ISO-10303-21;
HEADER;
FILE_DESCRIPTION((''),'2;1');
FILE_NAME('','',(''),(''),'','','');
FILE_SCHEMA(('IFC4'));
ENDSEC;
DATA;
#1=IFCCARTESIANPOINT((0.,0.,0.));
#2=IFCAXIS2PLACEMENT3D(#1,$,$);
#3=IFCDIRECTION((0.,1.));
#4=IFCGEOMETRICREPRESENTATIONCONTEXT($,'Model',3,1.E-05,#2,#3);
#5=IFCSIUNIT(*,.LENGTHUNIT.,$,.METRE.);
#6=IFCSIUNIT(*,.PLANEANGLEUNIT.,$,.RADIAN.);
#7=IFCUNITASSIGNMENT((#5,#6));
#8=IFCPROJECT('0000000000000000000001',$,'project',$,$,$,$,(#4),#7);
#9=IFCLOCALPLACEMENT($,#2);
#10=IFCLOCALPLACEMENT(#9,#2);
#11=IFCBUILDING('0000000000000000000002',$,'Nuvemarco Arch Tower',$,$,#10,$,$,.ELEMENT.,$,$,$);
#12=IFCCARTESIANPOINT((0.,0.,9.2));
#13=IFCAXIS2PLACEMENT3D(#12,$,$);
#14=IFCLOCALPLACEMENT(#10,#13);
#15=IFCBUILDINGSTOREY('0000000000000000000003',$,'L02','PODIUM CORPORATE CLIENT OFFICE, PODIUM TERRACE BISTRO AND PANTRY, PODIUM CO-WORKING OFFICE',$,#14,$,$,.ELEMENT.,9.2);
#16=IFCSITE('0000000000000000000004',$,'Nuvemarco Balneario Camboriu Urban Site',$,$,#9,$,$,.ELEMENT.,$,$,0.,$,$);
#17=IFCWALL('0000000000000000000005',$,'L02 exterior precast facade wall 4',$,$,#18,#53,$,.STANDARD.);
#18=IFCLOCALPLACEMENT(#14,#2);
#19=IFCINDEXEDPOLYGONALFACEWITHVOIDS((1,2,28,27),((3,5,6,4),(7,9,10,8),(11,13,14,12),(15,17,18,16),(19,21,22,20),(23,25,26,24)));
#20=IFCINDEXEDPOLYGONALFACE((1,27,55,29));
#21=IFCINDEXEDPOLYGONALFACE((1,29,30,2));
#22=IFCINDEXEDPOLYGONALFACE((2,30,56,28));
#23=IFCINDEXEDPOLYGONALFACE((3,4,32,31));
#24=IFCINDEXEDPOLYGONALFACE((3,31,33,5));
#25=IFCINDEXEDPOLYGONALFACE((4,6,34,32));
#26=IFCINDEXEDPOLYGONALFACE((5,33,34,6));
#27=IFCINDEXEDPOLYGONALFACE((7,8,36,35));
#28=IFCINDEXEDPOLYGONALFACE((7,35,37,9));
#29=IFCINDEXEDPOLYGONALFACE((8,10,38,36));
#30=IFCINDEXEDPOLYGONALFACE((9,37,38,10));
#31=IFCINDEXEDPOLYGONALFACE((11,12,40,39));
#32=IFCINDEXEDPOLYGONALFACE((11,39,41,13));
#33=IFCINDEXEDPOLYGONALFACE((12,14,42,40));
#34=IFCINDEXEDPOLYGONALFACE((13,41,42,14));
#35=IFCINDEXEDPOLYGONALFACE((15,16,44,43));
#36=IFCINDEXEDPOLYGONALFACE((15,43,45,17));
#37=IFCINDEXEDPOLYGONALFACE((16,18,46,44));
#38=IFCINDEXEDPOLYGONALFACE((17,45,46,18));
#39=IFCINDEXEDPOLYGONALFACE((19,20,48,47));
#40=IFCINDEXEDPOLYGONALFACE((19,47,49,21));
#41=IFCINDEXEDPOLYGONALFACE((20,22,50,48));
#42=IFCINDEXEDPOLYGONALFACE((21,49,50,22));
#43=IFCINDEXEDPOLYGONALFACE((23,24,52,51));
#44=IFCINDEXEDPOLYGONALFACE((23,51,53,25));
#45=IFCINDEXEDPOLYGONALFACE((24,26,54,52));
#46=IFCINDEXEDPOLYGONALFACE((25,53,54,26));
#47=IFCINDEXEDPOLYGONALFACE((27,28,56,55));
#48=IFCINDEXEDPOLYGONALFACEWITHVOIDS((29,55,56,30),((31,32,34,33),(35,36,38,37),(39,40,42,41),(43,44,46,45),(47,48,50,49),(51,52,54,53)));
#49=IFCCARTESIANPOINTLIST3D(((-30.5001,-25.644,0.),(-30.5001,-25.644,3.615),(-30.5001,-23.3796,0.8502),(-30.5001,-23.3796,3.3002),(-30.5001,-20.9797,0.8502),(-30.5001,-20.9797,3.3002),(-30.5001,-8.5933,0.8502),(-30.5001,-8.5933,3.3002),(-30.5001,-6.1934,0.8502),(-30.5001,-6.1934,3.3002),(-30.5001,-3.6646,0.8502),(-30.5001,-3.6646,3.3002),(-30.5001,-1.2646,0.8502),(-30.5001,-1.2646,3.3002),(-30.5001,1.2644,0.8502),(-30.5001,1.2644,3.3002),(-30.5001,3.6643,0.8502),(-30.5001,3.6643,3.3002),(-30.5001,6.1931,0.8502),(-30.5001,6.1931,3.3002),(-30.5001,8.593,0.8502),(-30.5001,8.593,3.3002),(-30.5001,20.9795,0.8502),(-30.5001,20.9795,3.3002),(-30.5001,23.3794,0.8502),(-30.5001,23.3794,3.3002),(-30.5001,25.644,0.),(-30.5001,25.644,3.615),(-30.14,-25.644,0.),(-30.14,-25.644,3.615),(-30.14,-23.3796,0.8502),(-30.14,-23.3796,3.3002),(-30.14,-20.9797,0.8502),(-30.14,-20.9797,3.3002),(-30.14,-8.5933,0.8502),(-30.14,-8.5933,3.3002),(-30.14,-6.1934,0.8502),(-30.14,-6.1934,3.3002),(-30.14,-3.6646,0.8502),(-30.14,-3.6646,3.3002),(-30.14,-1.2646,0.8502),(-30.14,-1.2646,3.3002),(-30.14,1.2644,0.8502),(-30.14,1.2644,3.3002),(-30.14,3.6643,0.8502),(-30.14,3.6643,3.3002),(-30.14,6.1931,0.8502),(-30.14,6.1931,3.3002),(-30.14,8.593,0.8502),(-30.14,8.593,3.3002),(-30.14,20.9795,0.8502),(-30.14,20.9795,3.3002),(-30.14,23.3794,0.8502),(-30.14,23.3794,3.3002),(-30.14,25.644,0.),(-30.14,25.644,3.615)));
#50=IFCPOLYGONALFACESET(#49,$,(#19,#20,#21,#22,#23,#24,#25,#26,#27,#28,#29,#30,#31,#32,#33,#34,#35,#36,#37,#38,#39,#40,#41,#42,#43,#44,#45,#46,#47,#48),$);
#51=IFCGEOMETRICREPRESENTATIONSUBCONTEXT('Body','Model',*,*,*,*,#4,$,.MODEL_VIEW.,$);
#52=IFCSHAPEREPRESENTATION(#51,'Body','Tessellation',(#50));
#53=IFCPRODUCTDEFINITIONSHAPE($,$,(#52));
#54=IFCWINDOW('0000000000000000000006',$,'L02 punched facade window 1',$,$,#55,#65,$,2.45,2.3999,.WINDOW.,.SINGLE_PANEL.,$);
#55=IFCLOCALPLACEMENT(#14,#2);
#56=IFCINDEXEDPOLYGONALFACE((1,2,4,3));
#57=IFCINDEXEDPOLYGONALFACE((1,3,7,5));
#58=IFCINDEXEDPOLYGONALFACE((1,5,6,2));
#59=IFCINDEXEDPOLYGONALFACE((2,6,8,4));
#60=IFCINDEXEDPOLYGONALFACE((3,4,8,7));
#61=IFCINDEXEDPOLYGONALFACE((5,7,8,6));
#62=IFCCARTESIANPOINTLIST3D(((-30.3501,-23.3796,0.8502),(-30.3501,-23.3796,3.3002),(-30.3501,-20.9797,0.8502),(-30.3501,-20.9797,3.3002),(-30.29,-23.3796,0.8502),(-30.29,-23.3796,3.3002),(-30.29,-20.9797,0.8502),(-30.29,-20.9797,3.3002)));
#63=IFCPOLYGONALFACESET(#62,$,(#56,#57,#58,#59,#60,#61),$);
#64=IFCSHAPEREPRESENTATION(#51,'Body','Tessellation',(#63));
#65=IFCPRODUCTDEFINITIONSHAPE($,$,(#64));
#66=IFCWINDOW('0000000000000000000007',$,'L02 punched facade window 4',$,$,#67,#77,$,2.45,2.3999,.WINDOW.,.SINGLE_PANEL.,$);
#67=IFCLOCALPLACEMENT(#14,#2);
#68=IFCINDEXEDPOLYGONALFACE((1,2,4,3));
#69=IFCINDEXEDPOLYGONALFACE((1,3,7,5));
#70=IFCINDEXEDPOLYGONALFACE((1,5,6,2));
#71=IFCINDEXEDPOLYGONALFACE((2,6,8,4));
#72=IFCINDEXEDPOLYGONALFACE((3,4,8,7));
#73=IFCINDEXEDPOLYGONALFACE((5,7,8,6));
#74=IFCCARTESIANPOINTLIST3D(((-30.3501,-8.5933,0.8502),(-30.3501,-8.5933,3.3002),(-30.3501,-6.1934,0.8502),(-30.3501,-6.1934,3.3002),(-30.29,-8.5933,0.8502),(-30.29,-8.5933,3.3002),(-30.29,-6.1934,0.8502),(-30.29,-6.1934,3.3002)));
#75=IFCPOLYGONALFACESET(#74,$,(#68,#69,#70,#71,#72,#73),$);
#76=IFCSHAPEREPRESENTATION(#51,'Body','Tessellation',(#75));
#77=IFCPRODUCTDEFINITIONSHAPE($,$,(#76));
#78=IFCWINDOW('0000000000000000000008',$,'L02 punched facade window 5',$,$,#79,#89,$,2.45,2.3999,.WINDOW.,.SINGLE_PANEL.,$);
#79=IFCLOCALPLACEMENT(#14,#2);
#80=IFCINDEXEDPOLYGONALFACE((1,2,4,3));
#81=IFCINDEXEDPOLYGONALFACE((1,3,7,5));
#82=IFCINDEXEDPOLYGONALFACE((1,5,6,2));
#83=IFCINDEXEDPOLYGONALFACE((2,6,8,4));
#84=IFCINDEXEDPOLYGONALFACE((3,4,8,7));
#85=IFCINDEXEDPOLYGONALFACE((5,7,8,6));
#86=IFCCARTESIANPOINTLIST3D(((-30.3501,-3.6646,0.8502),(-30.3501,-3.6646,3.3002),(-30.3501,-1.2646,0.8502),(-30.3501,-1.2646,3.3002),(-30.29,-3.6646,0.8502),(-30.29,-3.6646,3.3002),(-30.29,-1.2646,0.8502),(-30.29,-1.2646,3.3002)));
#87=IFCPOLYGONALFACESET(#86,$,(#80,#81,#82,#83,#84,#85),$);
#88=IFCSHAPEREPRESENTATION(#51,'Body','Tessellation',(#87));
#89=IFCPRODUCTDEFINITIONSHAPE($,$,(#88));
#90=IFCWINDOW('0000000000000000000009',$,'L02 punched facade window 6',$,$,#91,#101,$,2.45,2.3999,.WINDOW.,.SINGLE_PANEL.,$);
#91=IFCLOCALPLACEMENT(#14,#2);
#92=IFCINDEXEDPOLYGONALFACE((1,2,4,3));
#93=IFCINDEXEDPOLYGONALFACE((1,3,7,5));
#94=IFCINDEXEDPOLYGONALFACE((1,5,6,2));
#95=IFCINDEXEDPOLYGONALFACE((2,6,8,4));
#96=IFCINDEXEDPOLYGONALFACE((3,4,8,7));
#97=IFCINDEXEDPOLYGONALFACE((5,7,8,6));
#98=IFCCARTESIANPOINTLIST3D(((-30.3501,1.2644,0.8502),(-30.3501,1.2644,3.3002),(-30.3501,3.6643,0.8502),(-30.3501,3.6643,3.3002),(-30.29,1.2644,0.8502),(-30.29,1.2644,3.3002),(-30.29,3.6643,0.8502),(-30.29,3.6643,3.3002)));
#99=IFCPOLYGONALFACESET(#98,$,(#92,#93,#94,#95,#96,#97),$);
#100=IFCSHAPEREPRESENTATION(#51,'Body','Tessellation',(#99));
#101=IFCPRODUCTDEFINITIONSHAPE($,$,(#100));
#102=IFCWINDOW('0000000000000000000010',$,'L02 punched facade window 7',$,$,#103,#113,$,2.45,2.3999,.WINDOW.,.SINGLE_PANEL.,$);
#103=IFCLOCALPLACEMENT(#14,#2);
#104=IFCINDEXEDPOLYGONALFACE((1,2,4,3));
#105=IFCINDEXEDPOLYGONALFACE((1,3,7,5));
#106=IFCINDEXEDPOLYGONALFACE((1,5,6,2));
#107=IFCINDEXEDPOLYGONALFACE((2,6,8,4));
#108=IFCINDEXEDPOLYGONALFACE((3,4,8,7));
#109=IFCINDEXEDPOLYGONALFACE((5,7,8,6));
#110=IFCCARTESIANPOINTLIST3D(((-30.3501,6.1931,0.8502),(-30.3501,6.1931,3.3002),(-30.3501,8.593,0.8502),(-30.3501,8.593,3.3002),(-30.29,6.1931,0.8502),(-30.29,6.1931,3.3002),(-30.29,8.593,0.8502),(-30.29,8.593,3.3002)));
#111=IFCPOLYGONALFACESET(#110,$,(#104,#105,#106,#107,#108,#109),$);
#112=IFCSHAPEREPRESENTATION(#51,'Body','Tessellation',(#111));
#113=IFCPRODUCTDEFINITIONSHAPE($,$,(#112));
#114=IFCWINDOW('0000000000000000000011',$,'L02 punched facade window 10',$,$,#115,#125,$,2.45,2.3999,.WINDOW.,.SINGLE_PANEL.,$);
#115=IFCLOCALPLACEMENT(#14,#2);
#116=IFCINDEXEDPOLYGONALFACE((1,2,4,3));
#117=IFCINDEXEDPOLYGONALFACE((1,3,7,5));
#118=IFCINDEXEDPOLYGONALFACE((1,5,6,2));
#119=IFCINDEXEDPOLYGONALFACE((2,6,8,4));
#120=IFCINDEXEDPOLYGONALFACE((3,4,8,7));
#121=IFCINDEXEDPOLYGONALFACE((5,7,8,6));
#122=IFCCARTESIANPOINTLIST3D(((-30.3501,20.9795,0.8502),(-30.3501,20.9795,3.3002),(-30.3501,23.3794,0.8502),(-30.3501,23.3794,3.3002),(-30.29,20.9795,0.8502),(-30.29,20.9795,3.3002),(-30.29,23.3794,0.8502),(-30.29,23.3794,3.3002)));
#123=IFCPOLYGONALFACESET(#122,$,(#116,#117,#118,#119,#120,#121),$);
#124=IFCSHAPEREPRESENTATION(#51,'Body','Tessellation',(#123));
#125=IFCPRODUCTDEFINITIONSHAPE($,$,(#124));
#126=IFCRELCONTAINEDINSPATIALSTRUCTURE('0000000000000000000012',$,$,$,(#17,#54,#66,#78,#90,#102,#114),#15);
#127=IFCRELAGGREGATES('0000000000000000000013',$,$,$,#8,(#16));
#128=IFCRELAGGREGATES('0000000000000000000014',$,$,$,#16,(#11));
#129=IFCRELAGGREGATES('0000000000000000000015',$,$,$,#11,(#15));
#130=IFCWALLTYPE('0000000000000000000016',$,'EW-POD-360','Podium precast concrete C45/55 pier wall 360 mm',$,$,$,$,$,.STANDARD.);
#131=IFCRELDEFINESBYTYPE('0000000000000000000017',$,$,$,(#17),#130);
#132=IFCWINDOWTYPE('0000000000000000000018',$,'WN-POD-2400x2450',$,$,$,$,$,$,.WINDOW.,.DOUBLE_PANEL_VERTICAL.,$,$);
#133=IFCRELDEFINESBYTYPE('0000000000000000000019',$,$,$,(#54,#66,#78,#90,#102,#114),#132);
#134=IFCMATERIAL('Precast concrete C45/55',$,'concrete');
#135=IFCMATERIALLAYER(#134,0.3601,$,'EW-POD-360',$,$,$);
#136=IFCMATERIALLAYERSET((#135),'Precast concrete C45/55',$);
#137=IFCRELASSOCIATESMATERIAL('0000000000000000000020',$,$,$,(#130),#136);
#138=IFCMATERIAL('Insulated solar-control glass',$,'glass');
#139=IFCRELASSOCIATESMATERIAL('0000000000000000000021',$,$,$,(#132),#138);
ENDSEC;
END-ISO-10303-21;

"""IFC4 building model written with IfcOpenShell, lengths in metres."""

from ifc_helpers import new_model, si_unit, direction, frame, frame_2d, origin, place, context, subcontext, project, spatial, rectangle, extrude, source, transform, mapped, material, layer, layer_set, type_object, type_shapes, element, fill, save


model = new_model("IFC4")

# Units and contexts
model_context = context("Model", 3, precision=1e-05, world=origin(), true_north=direction((0.0, 1.0)))
body_context = subcontext(model_context, "Body", "Model", "MODEL_VIEW")
ifc_project = project(units=[si_unit("LENGTHUNIT", "METRE"), si_unit("PLANEANGLEUNIT", "RADIAN")], contexts=[model_context])

# Site, building, storey
site_placement = place(None, origin())
site = spatial("IfcSite", under=ifc_project, at=site_placement, Name="Nuvemarco Balneario Camboriu Urban Site", CompositionType="ELEMENT", RefElevation=0.0)
building_placement = place(site_placement, origin())
building = spatial("IfcBuilding", under=site, at=building_placement, Name="Nuvemarco Arch Tower", CompositionType="ELEMENT")
storey_placement = place(building_placement, frame((0.0, 0.0, 9.2)))
storey = spatial("IfcBuildingStorey", under=building, at=storey_placement, Name="L02", Description="PODIUM CORPORATE CLIENT OFFICE, PODIUM TERRACE BISTRO AND PANTRY, PODIUM CO-WORKING OFFICE", CompositionType="ELEMENT", Elevation=9.2)

# Shared definitions
ifc_material_1 = material(Name="Precast concrete C45/55", Category="concrete")

# Shared definitions
ifc_material_2 = material(Name="Insulated solar-control glass", Category="glass")

# Shared definitions
ifc_layer_1 = layer(ifc_material_1, 0.3601, Name="EW-POD-360")
ifc_layer_set_1 = layer_set([ifc_layer_1], Name="Precast concrete C45/55")
wall_type = type_object("IfcWallType", Name="EW-POD-360", Description="Podium precast concrete C45/55 pier wall 360 mm", PredefinedType="STANDARD", material=ifc_layer_set_1)

# Wall, openings, windows
wall_1_placement = place(storey_placement, frame((-30.3201, -25.644, 0.0), z_axis=(0.0, 0.0, 1.0), x_axis=(0.0, 1.0, 0.0)))
wall_1 = element("IfcWall", 1, at=wall_1_placement, inside=storey, type_object=wall_type, Name="L02 exterior precast facade wall 4", PredefinedType="STANDARD", context=body_context, shape_type="SweptSolid", body=[
    extrude(rectangle(XDim=51.2881, YDim=0.3601, at=frame_2d((25.644, 0.0))), origin(), (0.0, 0.0, 1.0), 3.615),
])
opening_1_placement = place(wall_1_placement, frame((2.2644, 0.0, 0.8501)))
opening_1 = element("IfcOpeningElement", 2, at=opening_1_placement, cuts=wall_1, PredefinedType="OPENING", context=body_context, shape_type="SweptSolid", body=[
    extrude(rectangle(XDim=2.3999, YDim=2.45, at=frame_2d((1.2, 1.2251))), frame((0.0, 0.1899, 0.0), z_axis=(0.0, -1.0, 0.0), x_axis=(1.0, 0.0, 0.0)), (0.0, 0.0, 1.0), 0.3801),
])
opening_2_placement = place(wall_1_placement, frame((17.0508, 0.0, 0.8501)))
opening_2 = element("IfcOpeningElement", 3, at=opening_2_placement, cuts=wall_1, PredefinedType="OPENING", context=body_context, shape_type="SweptSolid", body=[
    extrude(rectangle(XDim=2.3999, YDim=2.45, at=frame_2d((1.2, 1.2251))), frame((0.0, 0.1899, 0.0), z_axis=(0.0, -1.0, 0.0), x_axis=(1.0, 0.0, 0.0)), (0.0, 0.0, 1.0), 0.3801),
])
opening_3_placement = place(wall_1_placement, frame((21.9795, 0.0, 0.8501)))
opening_3 = element("IfcOpeningElement", 4, at=opening_3_placement, cuts=wall_1, PredefinedType="OPENING", context=body_context, shape_type="SweptSolid", body=[
    extrude(rectangle(XDim=2.3999, YDim=2.45, at=frame_2d((1.2, 1.2251))), frame((0.0, 0.1899, 0.0), z_axis=(0.0, -1.0, 0.0), x_axis=(1.0, 0.0, 0.0)), (0.0, 0.0, 1.0), 0.3801),
])
opening_4_placement = place(wall_1_placement, frame((26.9084, 0.0, 0.8501)))
opening_4 = element("IfcOpeningElement", 5, at=opening_4_placement, cuts=wall_1, PredefinedType="OPENING", context=body_context, shape_type="SweptSolid", body=[
    extrude(rectangle(XDim=2.3999, YDim=2.45, at=frame_2d((1.2, 1.2251))), frame((0.0, 0.1899, 0.0), z_axis=(0.0, -1.0, 0.0), x_axis=(1.0, 0.0, 0.0)), (0.0, 0.0, 1.0), 0.3801),
])
opening_5_placement = place(wall_1_placement, frame((31.8372, 0.0, 0.8501)))
opening_5 = element("IfcOpeningElement", 6, at=opening_5_placement, cuts=wall_1, PredefinedType="OPENING", context=body_context, shape_type="SweptSolid", body=[
    extrude(rectangle(XDim=2.3999, YDim=2.45, at=frame_2d((1.2, 1.2251))), frame((0.0, 0.1899, 0.0), z_axis=(0.0, -1.0, 0.0), x_axis=(1.0, 0.0, 0.0)), (0.0, 0.0, 1.0), 0.3801),
])
opening_6_placement = place(wall_1_placement, frame((46.6235, 0.0, 0.8501)))
opening_6 = element("IfcOpeningElement", 7, at=opening_6_placement, cuts=wall_1, PredefinedType="OPENING", context=body_context, shape_type="SweptSolid", body=[
    extrude(rectangle(XDim=2.3999, YDim=2.45, at=frame_2d((1.2, 1.2251))), frame((0.0, 0.1899, 0.0), z_axis=(0.0, -1.0, 0.0), x_axis=(1.0, 0.0, 0.0)), (0.0, 0.0, 1.0), 0.3801),
])
window_type_1 = type_object("IfcWindowType", Name="WN-POD-2400x2450", PartitioningType="DOUBLE_PANEL_VERTICAL", PredefinedType="WINDOW", material=ifc_material_2)
shared_shape_1 = source(origin(), body_context, "Body", "SweptSolid", [
    extrude(rectangle(XDim=2.3999, YDim=2.45, at=frame_2d((1.2, 1.2251))), frame((0.0, 0.03, 0.0), z_axis=(0.0, -1.0, 0.0), x_axis=(1.0, 0.0, 0.0)), (0.0, 0.0, 1.0), 0.0601),
])
type_shapes(window_type_1, [shared_shape_1])
window_1_placement = place(opening_1_placement, origin())
window_1 = element("IfcWindow", 8, at=window_1_placement, inside=storey, type_object=window_type_1, Name="L02 punched facade window 1", OverallHeight=2.45, OverallWidth=2.3999, PartitioningType="SINGLE_PANEL", PredefinedType="WINDOW", context=body_context, shape_type="MappedRepresentation", body=[
    mapped(shared_shape_1, transform((0.0, 0.0, 0.0), scale=1.0)),
])
fill(opening_1, window_1)
window_2_placement = place(opening_2_placement, origin())
window_2 = element("IfcWindow", 9, at=window_2_placement, inside=storey, type_object=window_type_1, Name="L02 punched facade window 4", OverallHeight=2.45, OverallWidth=2.3999, PartitioningType="SINGLE_PANEL", PredefinedType="WINDOW", context=body_context, shape_type="MappedRepresentation", body=[
    mapped(shared_shape_1, transform((0.0, 0.0, 0.0), scale=1.0)),
])
fill(opening_2, window_2)
window_3_placement = place(opening_3_placement, origin())
window_3 = element("IfcWindow", 10, at=window_3_placement, inside=storey, type_object=window_type_1, Name="L02 punched facade window 5", OverallHeight=2.45, OverallWidth=2.3999, PartitioningType="SINGLE_PANEL", PredefinedType="WINDOW", context=body_context, shape_type="MappedRepresentation", body=[
    mapped(shared_shape_1, transform((0.0, 0.0, 0.0), scale=1.0)),
])
fill(opening_3, window_3)
window_4_placement = place(opening_4_placement, origin())
window_4 = element("IfcWindow", 11, at=window_4_placement, inside=storey, type_object=window_type_1, Name="L02 punched facade window 6", OverallHeight=2.45, OverallWidth=2.3999, PartitioningType="SINGLE_PANEL", PredefinedType="WINDOW", context=body_context, shape_type="MappedRepresentation", body=[
    mapped(shared_shape_1, transform((0.0, 0.0, 0.0), scale=1.0)),
])
fill(opening_4, window_4)
window_5_placement = place(opening_5_placement, origin())
window_5 = element("IfcWindow", 12, at=window_5_placement, inside=storey, type_object=window_type_1, Name="L02 punched facade window 7", OverallHeight=2.45, OverallWidth=2.3999, PartitioningType="SINGLE_PANEL", PredefinedType="WINDOW", context=body_context, shape_type="MappedRepresentation", body=[
    mapped(shared_shape_1, transform((0.0, 0.0, 0.0), scale=1.0)),
])
fill(opening_5, window_5)
window_6_placement = place(opening_6_placement, origin())
window_6 = element("IfcWindow", 13, at=window_6_placement, inside=storey, type_object=window_type_1, Name="L02 punched facade window 10", OverallHeight=2.45, OverallWidth=2.3999, PartitioningType="SINGLE_PANEL", PredefinedType="WINDOW", context=body_context, shape_type="MappedRepresentation", body=[
    mapped(shared_shape_1, transform((0.0, 0.0, 0.0), scale=1.0)),
])
fill(opening_6, window_6)

save(model, "model.ifc")
